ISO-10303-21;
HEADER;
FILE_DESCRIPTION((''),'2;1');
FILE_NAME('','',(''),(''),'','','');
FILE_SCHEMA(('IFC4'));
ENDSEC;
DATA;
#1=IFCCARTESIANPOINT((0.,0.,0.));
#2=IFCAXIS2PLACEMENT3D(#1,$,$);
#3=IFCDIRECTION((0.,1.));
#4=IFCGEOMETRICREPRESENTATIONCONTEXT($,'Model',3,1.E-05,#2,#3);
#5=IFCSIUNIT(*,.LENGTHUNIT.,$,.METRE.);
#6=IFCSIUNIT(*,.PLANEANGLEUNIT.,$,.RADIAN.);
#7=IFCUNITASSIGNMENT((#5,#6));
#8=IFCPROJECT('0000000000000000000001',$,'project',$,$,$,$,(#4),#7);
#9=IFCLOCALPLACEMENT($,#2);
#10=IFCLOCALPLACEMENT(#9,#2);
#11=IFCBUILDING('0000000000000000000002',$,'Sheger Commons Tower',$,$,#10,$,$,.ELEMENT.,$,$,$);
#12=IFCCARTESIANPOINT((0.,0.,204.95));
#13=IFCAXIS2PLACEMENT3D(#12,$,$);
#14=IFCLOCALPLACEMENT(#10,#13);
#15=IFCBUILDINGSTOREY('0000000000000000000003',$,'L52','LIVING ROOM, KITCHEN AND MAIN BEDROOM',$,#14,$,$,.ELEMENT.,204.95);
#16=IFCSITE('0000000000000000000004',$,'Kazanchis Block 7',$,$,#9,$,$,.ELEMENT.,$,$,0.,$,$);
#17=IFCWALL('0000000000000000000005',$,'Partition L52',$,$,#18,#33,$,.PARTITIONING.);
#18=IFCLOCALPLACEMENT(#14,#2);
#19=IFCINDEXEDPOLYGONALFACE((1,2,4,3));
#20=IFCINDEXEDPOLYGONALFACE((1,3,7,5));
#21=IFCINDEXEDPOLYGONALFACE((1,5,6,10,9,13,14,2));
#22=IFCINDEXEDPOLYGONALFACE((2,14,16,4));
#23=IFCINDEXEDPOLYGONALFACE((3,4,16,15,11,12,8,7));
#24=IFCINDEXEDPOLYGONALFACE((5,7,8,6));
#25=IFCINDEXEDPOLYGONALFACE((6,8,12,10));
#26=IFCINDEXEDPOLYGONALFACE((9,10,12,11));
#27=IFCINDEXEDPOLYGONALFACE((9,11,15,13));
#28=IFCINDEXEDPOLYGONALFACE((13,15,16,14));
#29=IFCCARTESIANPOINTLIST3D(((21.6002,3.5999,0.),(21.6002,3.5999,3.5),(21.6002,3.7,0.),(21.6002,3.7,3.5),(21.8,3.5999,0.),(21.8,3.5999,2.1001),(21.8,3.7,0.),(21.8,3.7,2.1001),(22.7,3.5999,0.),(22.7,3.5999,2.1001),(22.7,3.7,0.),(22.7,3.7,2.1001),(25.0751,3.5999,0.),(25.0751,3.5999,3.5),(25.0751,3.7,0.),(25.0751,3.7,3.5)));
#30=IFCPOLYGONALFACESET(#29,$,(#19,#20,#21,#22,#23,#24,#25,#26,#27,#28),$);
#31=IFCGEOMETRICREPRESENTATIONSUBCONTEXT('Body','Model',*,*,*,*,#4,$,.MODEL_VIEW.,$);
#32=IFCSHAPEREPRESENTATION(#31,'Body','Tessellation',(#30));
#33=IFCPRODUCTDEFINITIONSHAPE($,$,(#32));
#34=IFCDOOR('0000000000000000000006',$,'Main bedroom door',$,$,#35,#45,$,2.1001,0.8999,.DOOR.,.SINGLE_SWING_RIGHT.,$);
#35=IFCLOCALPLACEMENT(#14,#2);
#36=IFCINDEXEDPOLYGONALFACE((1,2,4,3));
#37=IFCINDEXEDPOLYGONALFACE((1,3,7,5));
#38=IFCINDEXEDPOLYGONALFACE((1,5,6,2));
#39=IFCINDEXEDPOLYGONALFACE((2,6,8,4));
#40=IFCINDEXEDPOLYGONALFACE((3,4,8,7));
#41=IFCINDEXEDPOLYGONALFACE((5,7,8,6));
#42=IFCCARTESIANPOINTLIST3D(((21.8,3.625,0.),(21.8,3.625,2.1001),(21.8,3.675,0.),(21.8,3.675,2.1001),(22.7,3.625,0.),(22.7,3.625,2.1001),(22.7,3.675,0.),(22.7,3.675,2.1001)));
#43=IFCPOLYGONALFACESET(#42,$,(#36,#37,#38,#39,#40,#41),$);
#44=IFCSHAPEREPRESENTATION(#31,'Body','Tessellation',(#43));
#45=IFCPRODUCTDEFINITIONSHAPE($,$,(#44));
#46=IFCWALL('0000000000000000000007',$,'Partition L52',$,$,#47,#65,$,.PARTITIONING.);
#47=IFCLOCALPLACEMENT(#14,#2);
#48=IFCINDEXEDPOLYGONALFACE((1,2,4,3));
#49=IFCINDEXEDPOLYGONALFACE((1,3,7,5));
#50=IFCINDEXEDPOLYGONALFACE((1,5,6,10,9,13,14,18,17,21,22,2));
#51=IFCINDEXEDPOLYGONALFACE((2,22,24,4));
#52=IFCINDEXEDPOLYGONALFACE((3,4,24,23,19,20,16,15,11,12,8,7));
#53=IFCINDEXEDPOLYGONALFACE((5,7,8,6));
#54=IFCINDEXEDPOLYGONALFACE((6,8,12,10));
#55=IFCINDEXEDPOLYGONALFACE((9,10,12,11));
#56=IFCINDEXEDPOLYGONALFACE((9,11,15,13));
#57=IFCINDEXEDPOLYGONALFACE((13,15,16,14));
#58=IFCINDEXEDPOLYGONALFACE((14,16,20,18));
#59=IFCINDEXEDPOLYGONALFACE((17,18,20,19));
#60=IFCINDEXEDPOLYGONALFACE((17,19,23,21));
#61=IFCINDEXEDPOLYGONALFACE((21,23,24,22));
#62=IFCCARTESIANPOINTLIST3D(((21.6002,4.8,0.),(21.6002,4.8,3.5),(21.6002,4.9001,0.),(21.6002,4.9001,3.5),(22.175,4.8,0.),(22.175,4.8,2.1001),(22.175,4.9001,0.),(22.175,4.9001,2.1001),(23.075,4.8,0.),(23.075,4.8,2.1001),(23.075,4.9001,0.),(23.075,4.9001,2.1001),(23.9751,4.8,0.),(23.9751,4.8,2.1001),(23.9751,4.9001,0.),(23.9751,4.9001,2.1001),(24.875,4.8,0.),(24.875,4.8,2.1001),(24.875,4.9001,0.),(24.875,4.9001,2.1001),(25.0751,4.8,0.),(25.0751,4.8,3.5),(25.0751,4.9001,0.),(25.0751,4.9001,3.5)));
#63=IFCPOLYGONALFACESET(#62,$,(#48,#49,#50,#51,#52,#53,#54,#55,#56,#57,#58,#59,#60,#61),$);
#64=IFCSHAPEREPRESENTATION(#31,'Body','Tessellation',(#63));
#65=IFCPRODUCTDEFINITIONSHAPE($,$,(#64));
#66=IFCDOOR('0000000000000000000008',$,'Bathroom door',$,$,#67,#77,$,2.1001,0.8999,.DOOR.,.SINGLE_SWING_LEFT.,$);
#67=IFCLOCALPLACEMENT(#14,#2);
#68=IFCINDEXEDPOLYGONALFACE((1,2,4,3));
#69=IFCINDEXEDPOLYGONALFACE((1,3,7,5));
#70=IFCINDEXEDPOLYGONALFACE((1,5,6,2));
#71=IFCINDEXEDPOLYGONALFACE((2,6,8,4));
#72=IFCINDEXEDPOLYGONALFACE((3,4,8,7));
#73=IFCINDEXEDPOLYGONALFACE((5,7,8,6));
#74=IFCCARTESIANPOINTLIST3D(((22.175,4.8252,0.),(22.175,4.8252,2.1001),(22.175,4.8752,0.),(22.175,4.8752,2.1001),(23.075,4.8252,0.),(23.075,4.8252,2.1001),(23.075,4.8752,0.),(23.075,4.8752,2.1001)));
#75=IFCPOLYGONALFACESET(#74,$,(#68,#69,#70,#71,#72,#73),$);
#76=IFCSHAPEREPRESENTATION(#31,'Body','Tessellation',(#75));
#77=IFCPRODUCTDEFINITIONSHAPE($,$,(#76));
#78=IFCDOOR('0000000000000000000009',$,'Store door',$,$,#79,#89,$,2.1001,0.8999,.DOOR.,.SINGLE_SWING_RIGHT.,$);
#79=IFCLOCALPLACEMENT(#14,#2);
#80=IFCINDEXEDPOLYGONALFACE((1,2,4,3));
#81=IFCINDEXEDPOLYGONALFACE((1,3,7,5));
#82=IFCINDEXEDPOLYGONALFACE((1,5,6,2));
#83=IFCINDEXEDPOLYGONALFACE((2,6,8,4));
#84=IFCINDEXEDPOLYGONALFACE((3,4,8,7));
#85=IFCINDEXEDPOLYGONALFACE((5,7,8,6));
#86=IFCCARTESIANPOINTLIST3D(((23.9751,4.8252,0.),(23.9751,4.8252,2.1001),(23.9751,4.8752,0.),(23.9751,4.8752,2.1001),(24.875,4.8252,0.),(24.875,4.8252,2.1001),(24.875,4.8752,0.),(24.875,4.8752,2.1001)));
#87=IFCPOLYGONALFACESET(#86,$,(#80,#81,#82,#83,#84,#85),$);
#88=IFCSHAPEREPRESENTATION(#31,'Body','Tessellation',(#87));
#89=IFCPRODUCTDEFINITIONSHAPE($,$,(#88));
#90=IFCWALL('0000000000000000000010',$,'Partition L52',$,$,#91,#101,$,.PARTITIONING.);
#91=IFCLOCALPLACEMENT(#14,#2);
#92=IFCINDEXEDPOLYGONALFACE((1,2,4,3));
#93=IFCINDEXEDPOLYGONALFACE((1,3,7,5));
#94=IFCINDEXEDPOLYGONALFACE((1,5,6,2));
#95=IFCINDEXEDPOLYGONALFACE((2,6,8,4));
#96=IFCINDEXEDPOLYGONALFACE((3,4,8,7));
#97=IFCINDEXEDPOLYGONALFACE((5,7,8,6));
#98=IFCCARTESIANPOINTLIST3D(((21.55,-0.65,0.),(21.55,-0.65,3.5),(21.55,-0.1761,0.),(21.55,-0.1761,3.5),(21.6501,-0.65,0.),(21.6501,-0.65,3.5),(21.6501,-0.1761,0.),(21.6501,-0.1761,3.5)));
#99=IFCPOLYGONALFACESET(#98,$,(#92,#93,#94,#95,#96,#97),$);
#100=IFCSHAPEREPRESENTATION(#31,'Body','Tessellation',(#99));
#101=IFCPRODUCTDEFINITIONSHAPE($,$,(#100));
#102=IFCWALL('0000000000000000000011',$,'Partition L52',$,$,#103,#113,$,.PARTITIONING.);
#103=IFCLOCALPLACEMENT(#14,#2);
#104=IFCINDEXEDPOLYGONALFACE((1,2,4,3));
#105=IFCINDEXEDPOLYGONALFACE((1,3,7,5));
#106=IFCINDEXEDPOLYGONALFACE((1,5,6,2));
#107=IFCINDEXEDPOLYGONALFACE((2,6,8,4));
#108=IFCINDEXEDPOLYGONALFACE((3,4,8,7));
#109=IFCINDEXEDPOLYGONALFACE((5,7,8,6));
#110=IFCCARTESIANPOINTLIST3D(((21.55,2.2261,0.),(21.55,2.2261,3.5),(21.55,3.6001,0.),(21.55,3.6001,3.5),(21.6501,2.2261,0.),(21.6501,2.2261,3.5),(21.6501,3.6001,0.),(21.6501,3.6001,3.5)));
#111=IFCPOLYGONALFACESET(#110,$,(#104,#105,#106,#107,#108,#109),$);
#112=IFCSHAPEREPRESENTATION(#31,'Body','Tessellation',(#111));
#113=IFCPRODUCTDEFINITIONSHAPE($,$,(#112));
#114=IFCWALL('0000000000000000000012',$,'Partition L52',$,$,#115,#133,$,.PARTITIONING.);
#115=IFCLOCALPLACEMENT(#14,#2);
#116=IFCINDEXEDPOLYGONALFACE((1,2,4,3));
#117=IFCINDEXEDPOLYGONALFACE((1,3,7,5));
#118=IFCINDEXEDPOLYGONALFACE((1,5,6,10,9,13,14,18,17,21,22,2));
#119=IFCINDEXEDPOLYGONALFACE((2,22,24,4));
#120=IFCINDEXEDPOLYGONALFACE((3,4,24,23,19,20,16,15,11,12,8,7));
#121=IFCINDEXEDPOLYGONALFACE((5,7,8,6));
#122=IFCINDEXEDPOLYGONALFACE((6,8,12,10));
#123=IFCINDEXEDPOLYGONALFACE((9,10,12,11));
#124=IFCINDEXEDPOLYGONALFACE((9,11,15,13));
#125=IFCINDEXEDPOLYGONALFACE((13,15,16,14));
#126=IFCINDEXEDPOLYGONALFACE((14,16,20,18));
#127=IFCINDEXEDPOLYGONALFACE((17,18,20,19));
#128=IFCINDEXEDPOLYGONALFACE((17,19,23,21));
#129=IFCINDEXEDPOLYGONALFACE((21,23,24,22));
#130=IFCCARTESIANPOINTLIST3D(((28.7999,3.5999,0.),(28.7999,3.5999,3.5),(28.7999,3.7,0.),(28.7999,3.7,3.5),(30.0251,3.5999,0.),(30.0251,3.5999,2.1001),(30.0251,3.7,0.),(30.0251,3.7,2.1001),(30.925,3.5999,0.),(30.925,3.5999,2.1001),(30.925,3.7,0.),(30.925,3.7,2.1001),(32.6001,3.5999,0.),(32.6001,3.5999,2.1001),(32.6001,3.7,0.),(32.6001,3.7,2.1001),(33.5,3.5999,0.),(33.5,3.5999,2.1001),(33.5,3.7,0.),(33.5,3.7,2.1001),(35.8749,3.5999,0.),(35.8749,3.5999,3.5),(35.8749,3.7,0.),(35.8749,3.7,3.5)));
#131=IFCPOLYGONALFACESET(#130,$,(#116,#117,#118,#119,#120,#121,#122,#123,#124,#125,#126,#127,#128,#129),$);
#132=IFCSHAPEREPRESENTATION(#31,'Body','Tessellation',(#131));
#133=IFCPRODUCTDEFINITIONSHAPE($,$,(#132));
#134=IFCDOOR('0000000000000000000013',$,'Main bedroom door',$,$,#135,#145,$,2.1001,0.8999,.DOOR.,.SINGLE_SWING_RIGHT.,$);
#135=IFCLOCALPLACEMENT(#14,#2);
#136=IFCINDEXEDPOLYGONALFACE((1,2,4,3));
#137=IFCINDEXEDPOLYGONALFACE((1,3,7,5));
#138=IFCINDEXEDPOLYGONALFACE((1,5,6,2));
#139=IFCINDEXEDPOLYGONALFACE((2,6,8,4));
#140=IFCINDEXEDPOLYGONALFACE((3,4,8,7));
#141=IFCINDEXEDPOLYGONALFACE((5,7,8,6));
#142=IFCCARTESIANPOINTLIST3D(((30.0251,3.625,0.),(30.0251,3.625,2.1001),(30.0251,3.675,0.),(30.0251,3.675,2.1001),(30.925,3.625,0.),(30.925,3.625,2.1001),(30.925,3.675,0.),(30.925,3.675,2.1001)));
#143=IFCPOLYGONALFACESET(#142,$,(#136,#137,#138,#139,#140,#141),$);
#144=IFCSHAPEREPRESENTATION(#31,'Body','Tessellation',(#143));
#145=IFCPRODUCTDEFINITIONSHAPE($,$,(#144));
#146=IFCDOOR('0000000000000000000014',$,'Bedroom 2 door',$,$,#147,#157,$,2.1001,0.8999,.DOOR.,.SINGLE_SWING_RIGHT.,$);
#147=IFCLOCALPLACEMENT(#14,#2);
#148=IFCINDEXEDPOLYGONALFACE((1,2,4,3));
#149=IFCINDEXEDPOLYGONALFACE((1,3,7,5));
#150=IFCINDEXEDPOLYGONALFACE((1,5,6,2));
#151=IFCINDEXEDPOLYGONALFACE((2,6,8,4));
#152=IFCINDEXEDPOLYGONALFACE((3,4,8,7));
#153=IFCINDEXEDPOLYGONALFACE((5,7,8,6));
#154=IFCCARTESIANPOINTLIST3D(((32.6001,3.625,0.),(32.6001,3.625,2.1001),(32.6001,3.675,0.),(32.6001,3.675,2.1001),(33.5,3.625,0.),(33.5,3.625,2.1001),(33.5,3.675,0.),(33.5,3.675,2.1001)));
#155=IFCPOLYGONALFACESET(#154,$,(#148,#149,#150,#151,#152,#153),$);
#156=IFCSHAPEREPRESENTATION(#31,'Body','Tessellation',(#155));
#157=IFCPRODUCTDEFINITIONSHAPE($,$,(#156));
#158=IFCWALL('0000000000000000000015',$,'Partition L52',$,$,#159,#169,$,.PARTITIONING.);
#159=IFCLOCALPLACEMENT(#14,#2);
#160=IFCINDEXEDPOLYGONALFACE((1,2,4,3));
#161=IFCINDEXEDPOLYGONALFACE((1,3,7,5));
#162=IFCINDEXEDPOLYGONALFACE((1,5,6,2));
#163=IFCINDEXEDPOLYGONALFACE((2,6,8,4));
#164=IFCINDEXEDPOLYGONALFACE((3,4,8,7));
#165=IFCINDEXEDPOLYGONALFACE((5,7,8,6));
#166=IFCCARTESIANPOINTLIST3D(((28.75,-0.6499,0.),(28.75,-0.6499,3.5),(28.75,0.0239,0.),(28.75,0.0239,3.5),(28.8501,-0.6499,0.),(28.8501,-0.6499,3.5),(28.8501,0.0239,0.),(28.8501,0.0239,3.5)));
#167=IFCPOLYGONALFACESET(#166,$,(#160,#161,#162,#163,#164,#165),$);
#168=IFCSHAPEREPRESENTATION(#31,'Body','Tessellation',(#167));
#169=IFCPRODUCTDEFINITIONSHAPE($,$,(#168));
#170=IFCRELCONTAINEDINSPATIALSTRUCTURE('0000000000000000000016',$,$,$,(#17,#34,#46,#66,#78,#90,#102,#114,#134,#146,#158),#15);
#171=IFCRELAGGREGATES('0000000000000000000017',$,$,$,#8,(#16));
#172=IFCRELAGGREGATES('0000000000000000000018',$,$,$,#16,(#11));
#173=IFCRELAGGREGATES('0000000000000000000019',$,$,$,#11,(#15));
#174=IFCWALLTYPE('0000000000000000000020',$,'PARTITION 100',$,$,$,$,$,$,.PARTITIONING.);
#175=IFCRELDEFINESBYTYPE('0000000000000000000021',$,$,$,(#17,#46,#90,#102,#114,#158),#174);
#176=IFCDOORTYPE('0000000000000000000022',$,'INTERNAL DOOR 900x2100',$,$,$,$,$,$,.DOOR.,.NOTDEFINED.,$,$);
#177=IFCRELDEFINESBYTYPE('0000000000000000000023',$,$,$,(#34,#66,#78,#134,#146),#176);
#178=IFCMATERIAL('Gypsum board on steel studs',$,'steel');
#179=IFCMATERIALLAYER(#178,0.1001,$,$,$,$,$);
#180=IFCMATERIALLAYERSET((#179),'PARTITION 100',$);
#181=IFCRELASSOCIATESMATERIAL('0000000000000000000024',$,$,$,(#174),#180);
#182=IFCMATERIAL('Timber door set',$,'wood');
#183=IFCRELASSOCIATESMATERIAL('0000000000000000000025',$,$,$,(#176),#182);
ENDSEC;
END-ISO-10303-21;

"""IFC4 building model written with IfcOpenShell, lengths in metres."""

from ifc_helpers import new_model, si_unit, direction, frame, frame_2d, origin, place, context, subcontext, project, spatial, rectangle, extrude, material, layer, layer_set, type_object, element, fill, save


model = new_model("IFC4")

# Units and contexts
model_context = context("Model", 3, precision=1e-05, world=origin(), true_north=direction((0.0, 1.0)))
body_context = subcontext(model_context, "Body", "Model", "MODEL_VIEW")
ifc_project = project(units=[si_unit("LENGTHUNIT", "METRE"), si_unit("PLANEANGLEUNIT", "RADIAN")], contexts=[model_context])

# Site, building, storey
site_placement = place(None, origin())
site = spatial("IfcSite", under=ifc_project, at=site_placement, Name="Kazanchis Block 7", CompositionType="ELEMENT", RefElevation=0.0)
building_placement = place(site_placement, origin())
building = spatial("IfcBuilding", under=site, at=building_placement, Name="Sheger Commons Tower", CompositionType="ELEMENT")
storey_placement = place(building_placement, frame((0.0, 0.0, 204.95)))
storey = spatial("IfcBuildingStorey", under=building, at=storey_placement, Name="L52", Description="LIVING ROOM, KITCHEN AND MAIN BEDROOM", CompositionType="ELEMENT", Elevation=204.95)

# Wall, opening, door
ifc_material_1 = material(Name="Gypsum board on steel studs", Category="steel")
ifc_layer_1 = layer(ifc_material_1, 0.1001)
ifc_layer_set_1 = layer_set([ifc_layer_1], Name="PARTITION 100")
wall_type_1 = type_object("IfcWallType", Name="PARTITION 100", PredefinedType="PARTITIONING", material=ifc_layer_set_1)
wall_1_placement = place(storey_placement, frame((25.075, 3.6499, 0.0), z_axis=(0.0, 0.0, 1.0), x_axis=(-1.0, 0.0, 0.0)))
wall_1 = element("IfcWall", 1, at=wall_1_placement, inside=storey, type_object=wall_type_1, Name="Partition L52", PredefinedType="PARTITIONING", context=body_context, shape_type="SweptSolid", body=[
    extrude(rectangle(XDim=3.4749, YDim=0.1001, at=frame_2d((1.7373, 0.0))), origin(), (0.0, 0.0, 1.0), 3.5),
])
opening_1_placement = place(wall_1_placement, frame((2.375, 0.0, 0.0)))
opening_1 = element("IfcOpeningElement", 2, at=opening_1_placement, cuts=wall_1, PredefinedType="OPENING", context=body_context, shape_type="SweptSolid", body=[
    extrude(rectangle(XDim=0.8999, YDim=2.1001, at=frame_2d((0.45, 1.05))), frame((0.0, 0.0601, 0.0), z_axis=(0.0, -1.0, 0.0), x_axis=(1.0, 0.0, 0.0)), (0.0, 0.0, 1.0), 0.1201),
])
ifc_material_2 = material(Name="Timber door set", Category="wood")
door_type = type_object("IfcDoorType", Name="INTERNAL DOOR 900x2100", OperationType="NOTDEFINED", PredefinedType="DOOR", material=ifc_material_2)
door_1_placement = place(opening_1_placement, origin())
door_1 = element("IfcDoor", 3, at=door_1_placement, inside=storey, type_object=door_type, Name="Main bedroom door", OperationType="SINGLE_SWING_RIGHT", OverallHeight=2.1001, OverallWidth=0.8999, PredefinedType="DOOR", context=body_context, shape_type="SweptSolid", body=[
    extrude(rectangle(XDim=0.8999, YDim=2.1001, at=frame_2d((0.45, 1.05))), frame((0.0, 0.0249, 0.0), z_axis=(0.0, -1.0, 0.0), x_axis=(1.0, 0.0, 0.0)), (0.0, 0.0, 1.0), 0.05),
])
fill(opening_1, door_1)

# Wall, openings, doors
wall_2_placement = place(storey_placement, frame((25.075, 4.8501, 0.0), z_axis=(0.0, 0.0, 1.0), x_axis=(-1.0, 0.0, 0.0)))
wall_2 = element("IfcWall", 4, at=wall_2_placement, inside=storey, type_object=wall_type_1, Name="Partition L52", PredefinedType="PARTITIONING", context=body_context, shape_type="SweptSolid", body=[
    extrude(rectangle(XDim=3.4749, YDim=0.1001, at=frame_2d((1.7373, 0.0))), origin(), (0.0, 0.0, 1.0), 3.5),
])
opening_2_placement = place(wall_2_placement, frame((2.0, 0.0, 0.0)))
opening_2 = element("IfcOpeningElement", 5, at=opening_2_placement, cuts=wall_2, PredefinedType="OPENING", context=body_context, shape_type="SweptSolid", body=[
    extrude(rectangle(XDim=0.8999, YDim=2.1001, at=frame_2d((0.45, 1.05))), frame((0.0, 0.0601, 0.0), z_axis=(0.0, -1.0, 0.0), x_axis=(1.0, 0.0, 0.0)), (0.0, 0.0, 1.0), 0.1201),
])
opening_3_placement = place(wall_2_placement, frame((0.2, 0.0, 0.0)))
opening_3 = element("IfcOpeningElement", 6, at=opening_3_placement, cuts=wall_2, PredefinedType="OPENING", context=body_context, shape_type="SweptSolid", body=[
    extrude(rectangle(XDim=0.8999, YDim=2.1001, at=frame_2d((0.45, 1.05))), frame((0.0, 0.0601, 0.0), z_axis=(0.0, -1.0, 0.0), x_axis=(1.0, 0.0, 0.0)), (0.0, 0.0, 1.0), 0.1201),
])
door_2_placement = place(opening_2_placement, origin())
door_2 = element("IfcDoor", 7, at=door_2_placement, inside=storey, type_object=door_type, Name="Bathroom door", OperationType="SINGLE_SWING_LEFT", OverallHeight=2.1001, OverallWidth=0.8999, PredefinedType="DOOR", context=body_context, shape_type="SweptSolid", body=[
    extrude(rectangle(XDim=0.8999, YDim=2.1001, at=frame_2d((0.45, 1.05))), frame((0.0, 0.0249, 0.0), z_axis=(0.0, -1.0, 0.0), x_axis=(1.0, 0.0, 0.0)), (0.0, 0.0, 1.0), 0.05),
])
fill(opening_2, door_2)
door_3_placement = place(opening_3_placement, origin())
door_3 = element("IfcDoor", 8, at=door_3_placement, inside=storey, type_object=door_type, Name="Store door", OperationType="SINGLE_SWING_RIGHT", OverallHeight=2.1001, OverallWidth=0.8999, PredefinedType="DOOR", context=body_context, shape_type="SweptSolid", body=[
    extrude(rectangle(XDim=0.8999, YDim=2.1001, at=frame_2d((0.45, 1.05))), frame((0.0, 0.0249, 0.0), z_axis=(0.0, -1.0, 0.0), x_axis=(1.0, 0.0, 0.0)), (0.0, 0.0, 1.0), 0.05),
])
fill(opening_3, door_3)

# Walls
wall_3_placement = place(storey_placement, frame((21.6001, -0.6499, 0.0), z_axis=(0.0, 0.0, 1.0), x_axis=(0.0, 1.0, 0.0)))
element("IfcWall", 9, at=wall_3_placement, inside=storey, type_object=wall_type_1, Name="Partition L52", PredefinedType="PARTITIONING", context=body_context, shape_type="SweptSolid", body=[
    extrude(rectangle(XDim=0.4739, YDim=0.1001, at=frame_2d((0.2368, 0.0))), origin(), (0.0, 0.0, 1.0), 3.5),
])
wall_4_placement = place(storey_placement, frame((21.6001, 2.2261, 0.0), z_axis=(0.0, 0.0, 1.0), x_axis=(0.0, 1.0, 0.0)))
element("IfcWall", 10, at=wall_4_placement, inside=storey, type_object=wall_type_1, Name="Partition L52", PredefinedType="PARTITIONING", context=body_context, shape_type="SweptSolid", body=[
    extrude(rectangle(XDim=1.374, YDim=0.1001, at=frame_2d((0.687, 0.0))), origin(), (0.0, 0.0, 1.0), 3.5),
])

# Wall, openings, doors
wall_5_placement = place(storey_placement, frame((35.875, 3.6499, 0.0), z_axis=(0.0, 0.0, 1.0), x_axis=(-1.0, 0.0, 0.0)))
wall_5 = element("IfcWall", 11, at=wall_5_placement, inside=storey, type_object=wall_type_1, Name="Partition L52", PredefinedType="PARTITIONING", context=body_context, shape_type="SweptSolid", body=[
    extrude(rectangle(XDim=7.075, YDim=0.1001, at=frame_2d((3.5376, 0.0))), origin(), (0.0, 0.0, 1.0), 3.5),
])
opening_4_placement = place(wall_5_placement, frame((4.95, 0.0, 0.0)))
opening_4 = element("IfcOpeningElement", 12, at=opening_4_placement, cuts=wall_5, PredefinedType="OPENING", context=body_context, shape_type="SweptSolid", body=[
    extrude(rectangle(XDim=0.8999, YDim=2.1001, at=frame_2d((0.45, 1.05))), frame((0.0, 0.0601, 0.0), z_axis=(0.0, -1.0, 0.0), x_axis=(1.0, 0.0, 0.0)), (0.0, 0.0, 1.0), 0.1201),
])
opening_5_placement = place(wall_5_placement, frame((2.375, 0.0, 0.0)))
opening_5 = element("IfcOpeningElement", 13, at=opening_5_placement, cuts=wall_5, PredefinedType="OPENING", context=body_context, shape_type="SweptSolid", body=[
    extrude(rectangle(XDim=0.8999, YDim=2.1001, at=frame_2d((0.45, 1.05))), frame((0.0, 0.0601, 0.0), z_axis=(0.0, -1.0, 0.0), x_axis=(1.0, 0.0, 0.0)), (0.0, 0.0, 1.0), 0.1201),
])
door_4_placement = place(opening_4_placement, origin())
door_4 = element("IfcDoor", 14, at=door_4_placement, inside=storey, type_object=door_type, Name="Main bedroom door", OperationType="SINGLE_SWING_RIGHT", OverallHeight=2.1001, OverallWidth=0.8999, PredefinedType="DOOR", context=body_context, shape_type="SweptSolid", body=[
    extrude(rectangle(XDim=0.8999, YDim=2.1001, at=frame_2d((0.45, 1.05))), frame((0.0, 0.0249, 0.0), z_axis=(0.0, -1.0, 0.0), x_axis=(1.0, 0.0, 0.0)), (0.0, 0.0, 1.0), 0.05),
])
fill(opening_4, door_4)
door_5_placement = place(opening_5_placement, origin())
door_5 = element("IfcDoor", 15, at=door_5_placement, inside=storey, type_object=door_type, Name="Bedroom 2 door", OperationType="SINGLE_SWING_RIGHT", OverallHeight=2.1001, OverallWidth=0.8999, PredefinedType="DOOR", context=body_context, shape_type="SweptSolid", body=[
    extrude(rectangle(XDim=0.8999, YDim=2.1001, at=frame_2d((0.45, 1.05))), frame((0.0, 0.0249, 0.0), z_axis=(0.0, -1.0, 0.0), x_axis=(1.0, 0.0, 0.0)), (0.0, 0.0, 1.0), 0.05),
])
fill(opening_5, door_5)

# Wall
wall_6_placement = place(storey_placement, frame((28.8, -0.6499, 0.0), z_axis=(0.0, 0.0, 1.0), x_axis=(0.0, 1.0, 0.0)))
element("IfcWall", 16, at=wall_6_placement, inside=storey, type_object=wall_type_1, Name="Partition L52", PredefinedType="PARTITIONING", context=body_context, shape_type="SweptSolid", body=[
    extrude(rectangle(XDim=0.6738, YDim=0.1001, at=frame_2d((0.3369, 0.0))), origin(), (0.0, 0.0, 1.0), 3.5),
])

save(model, "model.ifc")
